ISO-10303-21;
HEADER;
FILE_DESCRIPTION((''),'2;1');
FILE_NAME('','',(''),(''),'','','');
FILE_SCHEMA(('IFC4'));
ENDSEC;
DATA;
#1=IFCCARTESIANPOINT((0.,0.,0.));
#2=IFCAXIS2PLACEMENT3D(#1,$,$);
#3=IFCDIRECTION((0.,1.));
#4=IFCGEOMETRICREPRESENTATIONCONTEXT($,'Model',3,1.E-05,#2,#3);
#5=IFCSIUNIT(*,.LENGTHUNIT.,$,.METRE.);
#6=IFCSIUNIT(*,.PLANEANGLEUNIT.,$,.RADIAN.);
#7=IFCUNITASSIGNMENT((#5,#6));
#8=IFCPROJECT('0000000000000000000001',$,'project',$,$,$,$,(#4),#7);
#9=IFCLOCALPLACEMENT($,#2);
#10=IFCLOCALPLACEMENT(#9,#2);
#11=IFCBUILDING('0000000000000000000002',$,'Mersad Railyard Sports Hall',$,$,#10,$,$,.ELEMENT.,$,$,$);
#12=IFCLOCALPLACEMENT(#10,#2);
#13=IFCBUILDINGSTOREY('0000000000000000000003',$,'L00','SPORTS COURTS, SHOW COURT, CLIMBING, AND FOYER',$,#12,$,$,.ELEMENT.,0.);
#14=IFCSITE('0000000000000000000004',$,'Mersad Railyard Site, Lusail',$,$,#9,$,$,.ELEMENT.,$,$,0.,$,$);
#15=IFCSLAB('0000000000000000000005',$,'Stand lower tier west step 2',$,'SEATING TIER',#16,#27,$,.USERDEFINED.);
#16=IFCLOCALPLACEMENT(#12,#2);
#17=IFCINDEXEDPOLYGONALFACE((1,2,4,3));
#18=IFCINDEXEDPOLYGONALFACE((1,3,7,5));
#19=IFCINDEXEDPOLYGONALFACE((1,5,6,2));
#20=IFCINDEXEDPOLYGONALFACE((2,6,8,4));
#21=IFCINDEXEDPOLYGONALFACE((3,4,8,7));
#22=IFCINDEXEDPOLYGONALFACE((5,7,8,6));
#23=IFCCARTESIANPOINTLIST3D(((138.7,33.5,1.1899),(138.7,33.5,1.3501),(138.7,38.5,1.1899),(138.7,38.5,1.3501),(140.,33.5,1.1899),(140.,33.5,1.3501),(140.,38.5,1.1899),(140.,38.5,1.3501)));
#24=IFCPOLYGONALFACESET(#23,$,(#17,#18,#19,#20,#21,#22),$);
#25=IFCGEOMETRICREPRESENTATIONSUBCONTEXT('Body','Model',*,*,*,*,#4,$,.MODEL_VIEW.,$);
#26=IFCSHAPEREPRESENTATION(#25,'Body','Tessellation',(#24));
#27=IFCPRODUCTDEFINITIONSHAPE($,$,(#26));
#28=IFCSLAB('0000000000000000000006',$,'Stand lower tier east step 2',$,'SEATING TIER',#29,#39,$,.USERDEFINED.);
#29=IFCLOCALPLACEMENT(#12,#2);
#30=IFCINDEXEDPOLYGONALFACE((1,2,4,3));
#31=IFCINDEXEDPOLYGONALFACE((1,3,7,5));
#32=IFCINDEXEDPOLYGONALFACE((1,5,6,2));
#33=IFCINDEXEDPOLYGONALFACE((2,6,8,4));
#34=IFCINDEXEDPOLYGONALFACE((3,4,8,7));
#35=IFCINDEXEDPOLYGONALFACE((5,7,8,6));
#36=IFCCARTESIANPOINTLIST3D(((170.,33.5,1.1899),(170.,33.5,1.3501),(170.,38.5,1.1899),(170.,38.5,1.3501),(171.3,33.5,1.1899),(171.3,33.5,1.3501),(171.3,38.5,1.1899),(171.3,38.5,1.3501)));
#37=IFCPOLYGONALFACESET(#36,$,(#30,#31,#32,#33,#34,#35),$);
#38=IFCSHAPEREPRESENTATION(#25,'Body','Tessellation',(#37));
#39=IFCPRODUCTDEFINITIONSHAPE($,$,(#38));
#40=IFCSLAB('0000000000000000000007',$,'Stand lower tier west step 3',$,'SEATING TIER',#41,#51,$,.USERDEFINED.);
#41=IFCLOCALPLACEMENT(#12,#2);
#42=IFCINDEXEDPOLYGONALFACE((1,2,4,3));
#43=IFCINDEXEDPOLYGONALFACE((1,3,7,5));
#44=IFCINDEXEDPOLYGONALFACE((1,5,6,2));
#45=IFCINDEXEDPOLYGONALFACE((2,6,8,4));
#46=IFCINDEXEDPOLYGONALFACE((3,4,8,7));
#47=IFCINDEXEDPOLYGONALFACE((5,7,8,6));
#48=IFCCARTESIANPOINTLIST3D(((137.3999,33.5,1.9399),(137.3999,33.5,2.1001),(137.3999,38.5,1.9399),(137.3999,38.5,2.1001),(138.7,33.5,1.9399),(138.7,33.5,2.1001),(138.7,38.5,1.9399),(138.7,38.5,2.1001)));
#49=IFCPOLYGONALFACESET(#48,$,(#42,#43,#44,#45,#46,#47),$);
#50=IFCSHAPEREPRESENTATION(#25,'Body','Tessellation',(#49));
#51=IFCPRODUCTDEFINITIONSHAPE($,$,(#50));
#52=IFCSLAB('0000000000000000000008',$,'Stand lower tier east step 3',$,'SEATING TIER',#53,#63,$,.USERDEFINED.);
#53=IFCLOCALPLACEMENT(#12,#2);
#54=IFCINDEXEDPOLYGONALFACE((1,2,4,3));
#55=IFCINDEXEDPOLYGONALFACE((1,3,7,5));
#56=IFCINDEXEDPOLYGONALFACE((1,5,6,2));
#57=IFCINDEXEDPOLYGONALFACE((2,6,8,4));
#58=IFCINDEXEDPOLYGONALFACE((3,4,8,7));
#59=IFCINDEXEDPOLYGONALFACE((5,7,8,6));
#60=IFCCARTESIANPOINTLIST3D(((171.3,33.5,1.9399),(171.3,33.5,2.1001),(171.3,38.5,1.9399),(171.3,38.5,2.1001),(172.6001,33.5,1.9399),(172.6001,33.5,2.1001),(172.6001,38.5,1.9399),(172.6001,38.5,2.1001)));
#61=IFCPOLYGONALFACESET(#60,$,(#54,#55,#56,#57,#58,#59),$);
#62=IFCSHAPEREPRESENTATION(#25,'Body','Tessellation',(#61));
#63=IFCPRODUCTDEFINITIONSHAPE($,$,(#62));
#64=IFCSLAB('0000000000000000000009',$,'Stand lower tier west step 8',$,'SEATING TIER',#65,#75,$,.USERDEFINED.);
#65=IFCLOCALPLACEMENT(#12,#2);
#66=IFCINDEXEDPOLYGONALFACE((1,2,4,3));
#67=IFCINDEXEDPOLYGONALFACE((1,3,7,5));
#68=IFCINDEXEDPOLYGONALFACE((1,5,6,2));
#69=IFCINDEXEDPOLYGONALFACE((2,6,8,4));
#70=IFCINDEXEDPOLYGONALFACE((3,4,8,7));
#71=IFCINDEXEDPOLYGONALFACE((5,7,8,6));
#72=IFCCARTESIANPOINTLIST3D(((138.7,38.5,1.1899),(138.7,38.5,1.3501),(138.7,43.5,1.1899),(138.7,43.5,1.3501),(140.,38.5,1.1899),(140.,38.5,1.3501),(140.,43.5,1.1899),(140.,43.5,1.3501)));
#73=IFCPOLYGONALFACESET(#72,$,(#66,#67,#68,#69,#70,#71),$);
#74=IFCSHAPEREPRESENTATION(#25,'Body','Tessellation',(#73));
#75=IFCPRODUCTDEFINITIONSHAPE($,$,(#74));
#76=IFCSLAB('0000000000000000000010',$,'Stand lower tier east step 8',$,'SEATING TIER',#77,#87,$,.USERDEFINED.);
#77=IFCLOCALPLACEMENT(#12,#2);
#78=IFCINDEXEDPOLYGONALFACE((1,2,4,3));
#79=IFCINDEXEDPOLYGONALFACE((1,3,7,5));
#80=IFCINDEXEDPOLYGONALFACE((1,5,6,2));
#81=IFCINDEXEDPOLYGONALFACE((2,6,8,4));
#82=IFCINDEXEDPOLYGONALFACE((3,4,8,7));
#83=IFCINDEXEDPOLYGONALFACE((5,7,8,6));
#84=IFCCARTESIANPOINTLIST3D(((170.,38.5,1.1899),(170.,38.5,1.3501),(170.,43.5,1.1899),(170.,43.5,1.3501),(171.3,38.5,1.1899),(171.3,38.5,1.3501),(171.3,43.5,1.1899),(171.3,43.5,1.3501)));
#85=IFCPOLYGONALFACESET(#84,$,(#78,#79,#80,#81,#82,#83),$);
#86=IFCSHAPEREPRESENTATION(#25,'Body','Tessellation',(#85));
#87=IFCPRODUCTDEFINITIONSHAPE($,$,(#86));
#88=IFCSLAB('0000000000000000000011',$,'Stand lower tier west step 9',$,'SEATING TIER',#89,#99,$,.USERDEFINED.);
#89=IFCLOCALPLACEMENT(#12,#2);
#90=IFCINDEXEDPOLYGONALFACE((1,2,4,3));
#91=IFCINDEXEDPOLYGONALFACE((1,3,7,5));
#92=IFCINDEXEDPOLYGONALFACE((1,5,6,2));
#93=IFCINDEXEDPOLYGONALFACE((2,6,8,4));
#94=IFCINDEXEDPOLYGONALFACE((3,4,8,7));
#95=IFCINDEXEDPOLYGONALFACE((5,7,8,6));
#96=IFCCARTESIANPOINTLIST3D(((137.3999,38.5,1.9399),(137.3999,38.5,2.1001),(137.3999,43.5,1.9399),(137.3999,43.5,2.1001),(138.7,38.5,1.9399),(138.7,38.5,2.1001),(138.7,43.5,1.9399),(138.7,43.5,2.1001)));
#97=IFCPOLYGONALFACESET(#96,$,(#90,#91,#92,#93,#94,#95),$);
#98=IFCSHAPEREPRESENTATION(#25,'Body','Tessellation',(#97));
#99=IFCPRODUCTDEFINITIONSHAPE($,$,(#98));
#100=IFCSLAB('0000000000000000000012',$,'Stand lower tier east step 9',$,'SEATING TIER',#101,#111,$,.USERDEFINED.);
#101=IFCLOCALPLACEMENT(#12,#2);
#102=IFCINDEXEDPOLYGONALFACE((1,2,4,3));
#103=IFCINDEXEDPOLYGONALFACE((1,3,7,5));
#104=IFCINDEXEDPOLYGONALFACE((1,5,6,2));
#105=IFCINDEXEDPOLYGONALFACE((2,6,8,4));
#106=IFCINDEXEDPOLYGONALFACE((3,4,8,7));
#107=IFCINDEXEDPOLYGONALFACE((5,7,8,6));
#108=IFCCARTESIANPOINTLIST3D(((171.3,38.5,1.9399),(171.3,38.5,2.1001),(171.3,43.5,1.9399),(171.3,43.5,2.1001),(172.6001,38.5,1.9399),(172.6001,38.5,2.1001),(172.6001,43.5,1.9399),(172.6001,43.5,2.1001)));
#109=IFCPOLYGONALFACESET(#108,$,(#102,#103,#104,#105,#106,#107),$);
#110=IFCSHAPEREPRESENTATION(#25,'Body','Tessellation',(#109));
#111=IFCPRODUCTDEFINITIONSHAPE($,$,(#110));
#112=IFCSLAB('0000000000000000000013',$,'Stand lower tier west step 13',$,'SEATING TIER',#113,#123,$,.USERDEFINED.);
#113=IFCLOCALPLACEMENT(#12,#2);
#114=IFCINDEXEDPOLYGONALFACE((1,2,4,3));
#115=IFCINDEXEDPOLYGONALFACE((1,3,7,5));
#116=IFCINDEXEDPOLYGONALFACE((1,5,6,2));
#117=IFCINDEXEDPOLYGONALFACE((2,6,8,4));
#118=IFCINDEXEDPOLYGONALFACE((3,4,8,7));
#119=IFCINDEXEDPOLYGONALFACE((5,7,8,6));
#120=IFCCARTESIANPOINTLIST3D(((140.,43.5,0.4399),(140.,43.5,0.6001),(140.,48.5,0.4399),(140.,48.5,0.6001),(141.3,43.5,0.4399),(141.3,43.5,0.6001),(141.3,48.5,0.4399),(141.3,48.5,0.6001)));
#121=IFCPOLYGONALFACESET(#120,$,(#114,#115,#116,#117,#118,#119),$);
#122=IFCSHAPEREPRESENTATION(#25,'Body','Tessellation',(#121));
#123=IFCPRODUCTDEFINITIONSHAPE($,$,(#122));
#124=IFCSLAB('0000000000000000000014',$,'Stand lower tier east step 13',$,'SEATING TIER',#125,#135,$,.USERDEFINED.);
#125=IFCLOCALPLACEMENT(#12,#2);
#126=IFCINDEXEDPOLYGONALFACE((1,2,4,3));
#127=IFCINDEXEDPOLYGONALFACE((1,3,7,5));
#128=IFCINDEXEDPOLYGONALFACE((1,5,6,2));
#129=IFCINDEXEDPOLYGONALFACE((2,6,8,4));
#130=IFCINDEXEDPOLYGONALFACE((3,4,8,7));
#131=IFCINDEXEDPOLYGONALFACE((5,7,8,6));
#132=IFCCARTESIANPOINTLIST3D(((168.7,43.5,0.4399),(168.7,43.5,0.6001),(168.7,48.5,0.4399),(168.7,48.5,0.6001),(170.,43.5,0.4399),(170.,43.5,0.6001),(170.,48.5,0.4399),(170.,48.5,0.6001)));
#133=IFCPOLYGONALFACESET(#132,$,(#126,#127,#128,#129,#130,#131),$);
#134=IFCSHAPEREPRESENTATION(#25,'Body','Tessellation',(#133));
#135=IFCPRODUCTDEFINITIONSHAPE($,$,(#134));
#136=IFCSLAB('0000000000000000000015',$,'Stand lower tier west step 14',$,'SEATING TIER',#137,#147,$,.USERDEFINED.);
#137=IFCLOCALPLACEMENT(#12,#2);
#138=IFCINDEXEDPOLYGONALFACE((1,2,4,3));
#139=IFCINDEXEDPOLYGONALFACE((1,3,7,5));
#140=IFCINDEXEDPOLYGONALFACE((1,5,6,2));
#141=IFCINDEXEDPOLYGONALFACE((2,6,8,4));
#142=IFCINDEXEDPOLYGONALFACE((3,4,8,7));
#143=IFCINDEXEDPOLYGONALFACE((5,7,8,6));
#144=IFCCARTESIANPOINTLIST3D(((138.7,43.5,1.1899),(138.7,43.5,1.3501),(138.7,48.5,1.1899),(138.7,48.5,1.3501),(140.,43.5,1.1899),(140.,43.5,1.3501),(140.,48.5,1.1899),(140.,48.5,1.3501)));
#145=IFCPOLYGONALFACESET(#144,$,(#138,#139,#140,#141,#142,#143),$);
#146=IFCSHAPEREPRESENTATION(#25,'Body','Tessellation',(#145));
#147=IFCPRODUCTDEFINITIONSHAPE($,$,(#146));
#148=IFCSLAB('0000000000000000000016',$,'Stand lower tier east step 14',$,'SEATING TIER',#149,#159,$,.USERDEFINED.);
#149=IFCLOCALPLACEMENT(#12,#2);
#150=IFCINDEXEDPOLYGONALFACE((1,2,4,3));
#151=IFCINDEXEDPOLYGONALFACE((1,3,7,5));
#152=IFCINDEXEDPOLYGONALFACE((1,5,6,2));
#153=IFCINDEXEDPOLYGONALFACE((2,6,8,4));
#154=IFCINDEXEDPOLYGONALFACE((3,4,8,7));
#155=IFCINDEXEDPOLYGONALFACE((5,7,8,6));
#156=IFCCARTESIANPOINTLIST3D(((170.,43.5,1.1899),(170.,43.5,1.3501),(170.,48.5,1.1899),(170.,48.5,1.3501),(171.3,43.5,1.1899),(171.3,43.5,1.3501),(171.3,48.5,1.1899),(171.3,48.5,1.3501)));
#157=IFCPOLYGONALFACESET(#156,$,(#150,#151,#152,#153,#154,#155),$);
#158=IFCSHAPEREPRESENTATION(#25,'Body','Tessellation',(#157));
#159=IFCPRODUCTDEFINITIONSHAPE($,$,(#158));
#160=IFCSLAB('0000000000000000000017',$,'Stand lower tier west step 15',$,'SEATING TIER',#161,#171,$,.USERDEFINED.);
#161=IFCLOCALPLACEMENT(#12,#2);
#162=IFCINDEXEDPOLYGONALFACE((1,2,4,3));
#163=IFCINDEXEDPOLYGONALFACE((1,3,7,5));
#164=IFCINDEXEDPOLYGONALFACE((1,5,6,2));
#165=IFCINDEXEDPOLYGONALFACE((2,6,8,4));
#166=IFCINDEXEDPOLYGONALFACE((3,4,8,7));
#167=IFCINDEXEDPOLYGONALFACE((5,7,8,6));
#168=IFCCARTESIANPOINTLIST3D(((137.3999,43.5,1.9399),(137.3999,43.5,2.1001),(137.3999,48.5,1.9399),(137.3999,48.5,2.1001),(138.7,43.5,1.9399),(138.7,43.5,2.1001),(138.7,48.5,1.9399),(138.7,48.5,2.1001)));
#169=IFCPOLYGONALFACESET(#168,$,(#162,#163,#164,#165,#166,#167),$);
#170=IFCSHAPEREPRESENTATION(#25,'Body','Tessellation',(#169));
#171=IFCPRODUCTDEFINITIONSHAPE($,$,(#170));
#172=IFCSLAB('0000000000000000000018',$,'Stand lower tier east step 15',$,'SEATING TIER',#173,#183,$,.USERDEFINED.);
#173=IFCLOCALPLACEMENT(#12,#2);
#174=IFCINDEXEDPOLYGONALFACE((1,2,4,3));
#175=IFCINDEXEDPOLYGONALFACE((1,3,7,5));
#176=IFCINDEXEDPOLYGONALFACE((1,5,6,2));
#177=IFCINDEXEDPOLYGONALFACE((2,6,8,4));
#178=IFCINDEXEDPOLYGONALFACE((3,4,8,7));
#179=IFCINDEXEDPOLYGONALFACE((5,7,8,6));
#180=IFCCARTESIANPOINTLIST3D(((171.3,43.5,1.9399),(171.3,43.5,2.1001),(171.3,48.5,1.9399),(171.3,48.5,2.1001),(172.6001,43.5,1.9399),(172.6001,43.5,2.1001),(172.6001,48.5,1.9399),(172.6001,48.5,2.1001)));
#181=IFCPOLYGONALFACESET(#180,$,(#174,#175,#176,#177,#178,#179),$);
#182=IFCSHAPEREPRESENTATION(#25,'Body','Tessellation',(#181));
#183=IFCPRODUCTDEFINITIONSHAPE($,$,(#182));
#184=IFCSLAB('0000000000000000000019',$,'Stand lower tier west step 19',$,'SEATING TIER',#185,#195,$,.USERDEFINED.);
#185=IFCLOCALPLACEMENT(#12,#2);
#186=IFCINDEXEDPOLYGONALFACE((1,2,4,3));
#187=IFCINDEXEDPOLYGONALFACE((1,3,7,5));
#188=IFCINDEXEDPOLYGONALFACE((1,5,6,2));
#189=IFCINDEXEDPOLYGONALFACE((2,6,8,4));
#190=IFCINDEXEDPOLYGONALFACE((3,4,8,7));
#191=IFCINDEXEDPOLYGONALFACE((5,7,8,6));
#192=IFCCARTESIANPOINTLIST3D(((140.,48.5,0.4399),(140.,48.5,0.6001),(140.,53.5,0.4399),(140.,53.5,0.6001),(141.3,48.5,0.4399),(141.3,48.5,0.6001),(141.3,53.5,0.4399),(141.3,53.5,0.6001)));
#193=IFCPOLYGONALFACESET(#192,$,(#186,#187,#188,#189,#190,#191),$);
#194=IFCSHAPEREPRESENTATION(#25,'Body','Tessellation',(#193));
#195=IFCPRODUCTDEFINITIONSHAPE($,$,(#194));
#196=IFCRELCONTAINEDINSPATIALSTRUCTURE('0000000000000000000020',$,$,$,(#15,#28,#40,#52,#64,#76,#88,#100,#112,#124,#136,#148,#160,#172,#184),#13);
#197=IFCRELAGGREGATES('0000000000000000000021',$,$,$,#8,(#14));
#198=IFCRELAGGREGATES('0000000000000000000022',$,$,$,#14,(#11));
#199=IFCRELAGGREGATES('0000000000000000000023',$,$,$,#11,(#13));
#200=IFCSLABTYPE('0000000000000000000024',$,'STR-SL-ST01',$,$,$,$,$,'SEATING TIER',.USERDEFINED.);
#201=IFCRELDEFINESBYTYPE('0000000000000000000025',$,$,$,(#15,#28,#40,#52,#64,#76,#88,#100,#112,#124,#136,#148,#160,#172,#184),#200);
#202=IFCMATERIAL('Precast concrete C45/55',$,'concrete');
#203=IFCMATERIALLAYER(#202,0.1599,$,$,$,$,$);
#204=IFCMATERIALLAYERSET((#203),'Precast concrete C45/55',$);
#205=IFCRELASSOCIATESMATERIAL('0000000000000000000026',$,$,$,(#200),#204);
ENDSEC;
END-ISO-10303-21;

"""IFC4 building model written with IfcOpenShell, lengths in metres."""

from ifc_helpers import new_model, si_unit, direction, frame, origin, place, context, subcontext, project, spatial, polyline, outline, extrude, material, layer, layer_set, type_object, element, save


model = new_model("IFC4")

# Units and contexts
model_context = context("Model", 3, precision=1e-05, world=origin(), true_north=direction((0.0, 1.0)))
body_context = subcontext(model_context, "Body", "Model", "MODEL_VIEW")
ifc_project = project(units=[si_unit("LENGTHUNIT", "METRE"), si_unit("PLANEANGLEUNIT", "RADIAN")], contexts=[model_context])

# Site, building, storey
site_placement = place(None, origin())
site = spatial("IfcSite", under=ifc_project, at=site_placement, Name="Mersad Railyard Site, Lusail", CompositionType="ELEMENT", RefElevation=0.0)
building_placement = place(site_placement, origin())
building = spatial("IfcBuilding", under=site, at=building_placement, Name="Mersad Railyard Sports Hall", CompositionType="ELEMENT")
storey_placement = place(building_placement, origin())
storey = spatial("IfcBuildingStorey", under=building, at=storey_placement, Name="L00", Description="SPORTS COURTS, SHOW COURT, CLIMBING, AND FOYER", CompositionType="ELEMENT", Elevation=0.0)

# Shared definitions
ifc_material_1 = material(Name="Precast concrete C45/55", Category="concrete")

# Slabs
ifc_layer_1 = layer(ifc_material_1, 0.1599)
ifc_layer_set_1 = layer_set([ifc_layer_1], Name="Precast concrete C45/55")
slab_type_1 = type_object("IfcSlabType", Name="STR-SL-ST01", ElementType="SEATING TIER", PredefinedType="USERDEFINED", material=ifc_layer_set_1)
slab_1_placement = place(storey_placement, frame((0.0, 0.0, 1.1899)))
element("IfcSlab", 1, at=slab_1_placement, inside=storey, type_object=slab_type_1, Name="Stand lower tier west step 2", ObjectType="SEATING TIER", PredefinedType="USERDEFINED", context=body_context, shape_type="SweptSolid", body=[
    extrude(outline(polyline([(138.7, 33.5), (140.0, 33.5), (140.0, 38.5), (138.7, 38.5), (138.7, 33.5)])), origin(), (0.0, 0.0, 1.0), 0.1602),
])
slab_2_placement = place(storey_placement, frame((0.0, 0.0, 1.1899)))
element("IfcSlab", 2, at=slab_2_placement, inside=storey, type_object=slab_type_1, Name="Stand lower tier east step 2", ObjectType="SEATING TIER", PredefinedType="USERDEFINED", context=body_context, shape_type="SweptSolid", body=[
    extrude(outline(polyline([(170.0, 33.5), (171.3, 33.5), (171.3, 38.5), (170.0, 38.5), (170.0, 33.5)])), origin(), (0.0, 0.0, 1.0), 0.1602),
])
slab_3_placement = place(storey_placement, frame((0.0, 0.0, 1.9399)))
element("IfcSlab", 3, at=slab_3_placement, inside=storey, type_object=slab_type_1, Name="Stand lower tier west step 3", ObjectType="SEATING TIER", PredefinedType="USERDEFINED", context=body_context, shape_type="SweptSolid", body=[
    extrude(outline(polyline([(137.3999, 33.5), (138.7, 33.5), (138.7, 38.5), (137.3999, 38.5), (137.3999, 33.5)])), origin(), (0.0, 0.0, 1.0), 0.1602),
])
slab_4_placement = place(storey_placement, frame((0.0, 0.0, 1.9399)))
element("IfcSlab", 4, at=slab_4_placement, inside=storey, type_object=slab_type_1, Name="Stand lower tier east step 3", ObjectType="SEATING TIER", PredefinedType="USERDEFINED", context=body_context, shape_type="SweptSolid", body=[
    extrude(outline(polyline([(171.3, 33.5), (172.6001, 33.5), (172.6001, 38.5), (171.3, 38.5), (171.3, 33.5)])), origin(), (0.0, 0.0, 1.0), 0.1602),
])
slab_5_placement = place(storey_placement, frame((0.0, 0.0, 1.1899)))
element("IfcSlab", 5, at=slab_5_placement, inside=storey, type_object=slab_type_1, Name="Stand lower tier west step 8", ObjectType="SEATING TIER", PredefinedType="USERDEFINED", context=body_context, shape_type="SweptSolid", body=[
    extrude(outline(polyline([(138.7, 38.5), (140.0, 38.5), (140.0, 43.5), (138.7, 43.5), (138.7, 38.5)])), origin(), (0.0, 0.0, 1.0), 0.1602),
])
slab_6_placement = place(storey_placement, frame((0.0, 0.0, 1.1899)))
element("IfcSlab", 6, at=slab_6_placement, inside=storey, type_object=slab_type_1, Name="Stand lower tier east step 8", ObjectType="SEATING TIER", PredefinedType="USERDEFINED", context=body_context, shape_type="SweptSolid", body=[
    extrude(outline(polyline([(170.0, 38.5), (171.3, 38.5), (171.3, 43.5), (170.0, 43.5), (170.0, 38.5)])), origin(), (0.0, 0.0, 1.0), 0.1602),
])
slab_7_placement = place(storey_placement, frame((0.0, 0.0, 1.9399)))
element("IfcSlab", 7, at=slab_7_placement, inside=storey, type_object=slab_type_1, Name="Stand lower tier west step 9", ObjectType="SEATING TIER", PredefinedType="USERDEFINED", context=body_context, shape_type="SweptSolid", body=[
    extrude(outline(polyline([(137.3999, 38.5), (138.7, 38.5), (138.7, 43.5), (137.3999, 43.5), (137.3999, 38.5)])), origin(), (0.0, 0.0, 1.0), 0.1602),
])
slab_8_placement = place(storey_placement, frame((0.0, 0.0, 1.9399)))
element("IfcSlab", 8, at=slab_8_placement, inside=storey, type_object=slab_type_1, Name="Stand lower tier east step 9", ObjectType="SEATING TIER", PredefinedType="USERDEFINED", context=body_context, shape_type="SweptSolid", body=[
    extrude(outline(polyline([(171.3, 38.5), (172.6001, 38.5), (172.6001, 43.5), (171.3, 43.5), (171.3, 38.5)])), origin(), (0.0, 0.0, 1.0), 0.1602),
])
slab_9_placement = place(storey_placement, frame((0.0, 0.0, 0.4399)))
element("IfcSlab", 9, at=slab_9_placement, inside=storey, type_object=slab_type_1, Name="Stand lower tier west step 13", ObjectType="SEATING TIER", PredefinedType="USERDEFINED", context=body_context, shape_type="SweptSolid", body=[
    extrude(outline(polyline([(140.0, 43.5), (141.3, 43.5), (141.3, 48.5), (140.0, 48.5), (140.0, 43.5)])), origin(), (0.0, 0.0, 1.0), 0.1602),
])
slab_10_placement = place(storey_placement, frame((0.0, 0.0, 0.4399)))
element("IfcSlab", 10, at=slab_10_placement, inside=storey, type_object=slab_type_1, Name="Stand lower tier east step 13", ObjectType="SEATING TIER", PredefinedType="USERDEFINED", context=body_context, shape_type="SweptSolid", body=[
    extrude(outline(polyline([(168.7, 43.5), (170.0, 43.5), (170.0, 48.5), (168.7, 48.5), (168.7, 43.5)])), origin(), (0.0, 0.0, 1.0), 0.1602),
])
slab_11_placement = place(storey_placement, frame((0.0, 0.0, 1.1899)))
element("IfcSlab", 11, at=slab_11_placement, inside=storey, type_object=slab_type_1, Name="Stand lower tier west step 14", ObjectType="SEATING TIER", PredefinedType="USERDEFINED", context=body_context, shape_type="SweptSolid", body=[
    extrude(outline(polyline([(138.7, 43.5), (140.0, 43.5), (140.0, 48.5), (138.7, 48.5), (138.7, 43.5)])), origin(), (0.0, 0.0, 1.0), 0.1602),
])
slab_12_placement = place(storey_placement, frame((0.0, 0.0, 1.1899)))
element("IfcSlab", 12, at=slab_12_placement, inside=storey, type_object=slab_type_1, Name="Stand lower tier east step 14", ObjectType="SEATING TIER", PredefinedType="USERDEFINED", context=body_context, shape_type="SweptSolid", body=[
    extrude(outline(polyline([(170.0, 43.5), (171.3, 43.5), (171.3, 48.5), (170.0, 48.5), (170.0, 43.5)])), origin(), (0.0, 0.0, 1.0), 0.1602),
])
slab_13_placement = place(storey_placement, frame((0.0, 0.0, 1.9399)))
element("IfcSlab", 13, at=slab_13_placement, inside=storey, type_object=slab_type_1, Name="Stand lower tier west step 15", ObjectType="SEATING TIER", PredefinedType="USERDEFINED", context=body_context, shape_type="SweptSolid", body=[
    extrude(outline(polyline([(137.3999, 43.5), (138.7, 43.5), (138.7, 48.5), (137.3999, 48.5), (137.3999, 43.5)])), origin(), (0.0, 0.0, 1.0), 0.1602),
])
slab_14_placement = place(storey_placement, frame((0.0, 0.0, 1.9399)))
element("IfcSlab", 14, at=slab_14_placement, inside=storey, type_object=slab_type_1, Name="Stand lower tier east step 15", ObjectType="SEATING TIER", PredefinedType="USERDEFINED", context=body_context, shape_type="SweptSolid", body=[
    extrude(outline(polyline([(171.3, 43.5), (172.6001, 43.5), (172.6001, 48.5), (171.3, 48.5), (171.3, 43.5)])), origin(), (0.0, 0.0, 1.0), 0.1602),
])
slab_15_placement = place(storey_placement, frame((0.0, 0.0, 0.4399)))
element("IfcSlab", 15, at=slab_15_placement, inside=storey, type_object=slab_type_1, Name="Stand lower tier west step 19", ObjectType="SEATING TIER", PredefinedType="USERDEFINED", context=body_context, shape_type="SweptSolid", body=[
    extrude(outline(polyline([(140.0, 48.5), (141.3, 48.5), (141.3, 53.5), (140.0, 53.5), (140.0, 48.5)])), origin(), (0.0, 0.0, 1.0), 0.1602),
])

save(model, "model.ifc")
